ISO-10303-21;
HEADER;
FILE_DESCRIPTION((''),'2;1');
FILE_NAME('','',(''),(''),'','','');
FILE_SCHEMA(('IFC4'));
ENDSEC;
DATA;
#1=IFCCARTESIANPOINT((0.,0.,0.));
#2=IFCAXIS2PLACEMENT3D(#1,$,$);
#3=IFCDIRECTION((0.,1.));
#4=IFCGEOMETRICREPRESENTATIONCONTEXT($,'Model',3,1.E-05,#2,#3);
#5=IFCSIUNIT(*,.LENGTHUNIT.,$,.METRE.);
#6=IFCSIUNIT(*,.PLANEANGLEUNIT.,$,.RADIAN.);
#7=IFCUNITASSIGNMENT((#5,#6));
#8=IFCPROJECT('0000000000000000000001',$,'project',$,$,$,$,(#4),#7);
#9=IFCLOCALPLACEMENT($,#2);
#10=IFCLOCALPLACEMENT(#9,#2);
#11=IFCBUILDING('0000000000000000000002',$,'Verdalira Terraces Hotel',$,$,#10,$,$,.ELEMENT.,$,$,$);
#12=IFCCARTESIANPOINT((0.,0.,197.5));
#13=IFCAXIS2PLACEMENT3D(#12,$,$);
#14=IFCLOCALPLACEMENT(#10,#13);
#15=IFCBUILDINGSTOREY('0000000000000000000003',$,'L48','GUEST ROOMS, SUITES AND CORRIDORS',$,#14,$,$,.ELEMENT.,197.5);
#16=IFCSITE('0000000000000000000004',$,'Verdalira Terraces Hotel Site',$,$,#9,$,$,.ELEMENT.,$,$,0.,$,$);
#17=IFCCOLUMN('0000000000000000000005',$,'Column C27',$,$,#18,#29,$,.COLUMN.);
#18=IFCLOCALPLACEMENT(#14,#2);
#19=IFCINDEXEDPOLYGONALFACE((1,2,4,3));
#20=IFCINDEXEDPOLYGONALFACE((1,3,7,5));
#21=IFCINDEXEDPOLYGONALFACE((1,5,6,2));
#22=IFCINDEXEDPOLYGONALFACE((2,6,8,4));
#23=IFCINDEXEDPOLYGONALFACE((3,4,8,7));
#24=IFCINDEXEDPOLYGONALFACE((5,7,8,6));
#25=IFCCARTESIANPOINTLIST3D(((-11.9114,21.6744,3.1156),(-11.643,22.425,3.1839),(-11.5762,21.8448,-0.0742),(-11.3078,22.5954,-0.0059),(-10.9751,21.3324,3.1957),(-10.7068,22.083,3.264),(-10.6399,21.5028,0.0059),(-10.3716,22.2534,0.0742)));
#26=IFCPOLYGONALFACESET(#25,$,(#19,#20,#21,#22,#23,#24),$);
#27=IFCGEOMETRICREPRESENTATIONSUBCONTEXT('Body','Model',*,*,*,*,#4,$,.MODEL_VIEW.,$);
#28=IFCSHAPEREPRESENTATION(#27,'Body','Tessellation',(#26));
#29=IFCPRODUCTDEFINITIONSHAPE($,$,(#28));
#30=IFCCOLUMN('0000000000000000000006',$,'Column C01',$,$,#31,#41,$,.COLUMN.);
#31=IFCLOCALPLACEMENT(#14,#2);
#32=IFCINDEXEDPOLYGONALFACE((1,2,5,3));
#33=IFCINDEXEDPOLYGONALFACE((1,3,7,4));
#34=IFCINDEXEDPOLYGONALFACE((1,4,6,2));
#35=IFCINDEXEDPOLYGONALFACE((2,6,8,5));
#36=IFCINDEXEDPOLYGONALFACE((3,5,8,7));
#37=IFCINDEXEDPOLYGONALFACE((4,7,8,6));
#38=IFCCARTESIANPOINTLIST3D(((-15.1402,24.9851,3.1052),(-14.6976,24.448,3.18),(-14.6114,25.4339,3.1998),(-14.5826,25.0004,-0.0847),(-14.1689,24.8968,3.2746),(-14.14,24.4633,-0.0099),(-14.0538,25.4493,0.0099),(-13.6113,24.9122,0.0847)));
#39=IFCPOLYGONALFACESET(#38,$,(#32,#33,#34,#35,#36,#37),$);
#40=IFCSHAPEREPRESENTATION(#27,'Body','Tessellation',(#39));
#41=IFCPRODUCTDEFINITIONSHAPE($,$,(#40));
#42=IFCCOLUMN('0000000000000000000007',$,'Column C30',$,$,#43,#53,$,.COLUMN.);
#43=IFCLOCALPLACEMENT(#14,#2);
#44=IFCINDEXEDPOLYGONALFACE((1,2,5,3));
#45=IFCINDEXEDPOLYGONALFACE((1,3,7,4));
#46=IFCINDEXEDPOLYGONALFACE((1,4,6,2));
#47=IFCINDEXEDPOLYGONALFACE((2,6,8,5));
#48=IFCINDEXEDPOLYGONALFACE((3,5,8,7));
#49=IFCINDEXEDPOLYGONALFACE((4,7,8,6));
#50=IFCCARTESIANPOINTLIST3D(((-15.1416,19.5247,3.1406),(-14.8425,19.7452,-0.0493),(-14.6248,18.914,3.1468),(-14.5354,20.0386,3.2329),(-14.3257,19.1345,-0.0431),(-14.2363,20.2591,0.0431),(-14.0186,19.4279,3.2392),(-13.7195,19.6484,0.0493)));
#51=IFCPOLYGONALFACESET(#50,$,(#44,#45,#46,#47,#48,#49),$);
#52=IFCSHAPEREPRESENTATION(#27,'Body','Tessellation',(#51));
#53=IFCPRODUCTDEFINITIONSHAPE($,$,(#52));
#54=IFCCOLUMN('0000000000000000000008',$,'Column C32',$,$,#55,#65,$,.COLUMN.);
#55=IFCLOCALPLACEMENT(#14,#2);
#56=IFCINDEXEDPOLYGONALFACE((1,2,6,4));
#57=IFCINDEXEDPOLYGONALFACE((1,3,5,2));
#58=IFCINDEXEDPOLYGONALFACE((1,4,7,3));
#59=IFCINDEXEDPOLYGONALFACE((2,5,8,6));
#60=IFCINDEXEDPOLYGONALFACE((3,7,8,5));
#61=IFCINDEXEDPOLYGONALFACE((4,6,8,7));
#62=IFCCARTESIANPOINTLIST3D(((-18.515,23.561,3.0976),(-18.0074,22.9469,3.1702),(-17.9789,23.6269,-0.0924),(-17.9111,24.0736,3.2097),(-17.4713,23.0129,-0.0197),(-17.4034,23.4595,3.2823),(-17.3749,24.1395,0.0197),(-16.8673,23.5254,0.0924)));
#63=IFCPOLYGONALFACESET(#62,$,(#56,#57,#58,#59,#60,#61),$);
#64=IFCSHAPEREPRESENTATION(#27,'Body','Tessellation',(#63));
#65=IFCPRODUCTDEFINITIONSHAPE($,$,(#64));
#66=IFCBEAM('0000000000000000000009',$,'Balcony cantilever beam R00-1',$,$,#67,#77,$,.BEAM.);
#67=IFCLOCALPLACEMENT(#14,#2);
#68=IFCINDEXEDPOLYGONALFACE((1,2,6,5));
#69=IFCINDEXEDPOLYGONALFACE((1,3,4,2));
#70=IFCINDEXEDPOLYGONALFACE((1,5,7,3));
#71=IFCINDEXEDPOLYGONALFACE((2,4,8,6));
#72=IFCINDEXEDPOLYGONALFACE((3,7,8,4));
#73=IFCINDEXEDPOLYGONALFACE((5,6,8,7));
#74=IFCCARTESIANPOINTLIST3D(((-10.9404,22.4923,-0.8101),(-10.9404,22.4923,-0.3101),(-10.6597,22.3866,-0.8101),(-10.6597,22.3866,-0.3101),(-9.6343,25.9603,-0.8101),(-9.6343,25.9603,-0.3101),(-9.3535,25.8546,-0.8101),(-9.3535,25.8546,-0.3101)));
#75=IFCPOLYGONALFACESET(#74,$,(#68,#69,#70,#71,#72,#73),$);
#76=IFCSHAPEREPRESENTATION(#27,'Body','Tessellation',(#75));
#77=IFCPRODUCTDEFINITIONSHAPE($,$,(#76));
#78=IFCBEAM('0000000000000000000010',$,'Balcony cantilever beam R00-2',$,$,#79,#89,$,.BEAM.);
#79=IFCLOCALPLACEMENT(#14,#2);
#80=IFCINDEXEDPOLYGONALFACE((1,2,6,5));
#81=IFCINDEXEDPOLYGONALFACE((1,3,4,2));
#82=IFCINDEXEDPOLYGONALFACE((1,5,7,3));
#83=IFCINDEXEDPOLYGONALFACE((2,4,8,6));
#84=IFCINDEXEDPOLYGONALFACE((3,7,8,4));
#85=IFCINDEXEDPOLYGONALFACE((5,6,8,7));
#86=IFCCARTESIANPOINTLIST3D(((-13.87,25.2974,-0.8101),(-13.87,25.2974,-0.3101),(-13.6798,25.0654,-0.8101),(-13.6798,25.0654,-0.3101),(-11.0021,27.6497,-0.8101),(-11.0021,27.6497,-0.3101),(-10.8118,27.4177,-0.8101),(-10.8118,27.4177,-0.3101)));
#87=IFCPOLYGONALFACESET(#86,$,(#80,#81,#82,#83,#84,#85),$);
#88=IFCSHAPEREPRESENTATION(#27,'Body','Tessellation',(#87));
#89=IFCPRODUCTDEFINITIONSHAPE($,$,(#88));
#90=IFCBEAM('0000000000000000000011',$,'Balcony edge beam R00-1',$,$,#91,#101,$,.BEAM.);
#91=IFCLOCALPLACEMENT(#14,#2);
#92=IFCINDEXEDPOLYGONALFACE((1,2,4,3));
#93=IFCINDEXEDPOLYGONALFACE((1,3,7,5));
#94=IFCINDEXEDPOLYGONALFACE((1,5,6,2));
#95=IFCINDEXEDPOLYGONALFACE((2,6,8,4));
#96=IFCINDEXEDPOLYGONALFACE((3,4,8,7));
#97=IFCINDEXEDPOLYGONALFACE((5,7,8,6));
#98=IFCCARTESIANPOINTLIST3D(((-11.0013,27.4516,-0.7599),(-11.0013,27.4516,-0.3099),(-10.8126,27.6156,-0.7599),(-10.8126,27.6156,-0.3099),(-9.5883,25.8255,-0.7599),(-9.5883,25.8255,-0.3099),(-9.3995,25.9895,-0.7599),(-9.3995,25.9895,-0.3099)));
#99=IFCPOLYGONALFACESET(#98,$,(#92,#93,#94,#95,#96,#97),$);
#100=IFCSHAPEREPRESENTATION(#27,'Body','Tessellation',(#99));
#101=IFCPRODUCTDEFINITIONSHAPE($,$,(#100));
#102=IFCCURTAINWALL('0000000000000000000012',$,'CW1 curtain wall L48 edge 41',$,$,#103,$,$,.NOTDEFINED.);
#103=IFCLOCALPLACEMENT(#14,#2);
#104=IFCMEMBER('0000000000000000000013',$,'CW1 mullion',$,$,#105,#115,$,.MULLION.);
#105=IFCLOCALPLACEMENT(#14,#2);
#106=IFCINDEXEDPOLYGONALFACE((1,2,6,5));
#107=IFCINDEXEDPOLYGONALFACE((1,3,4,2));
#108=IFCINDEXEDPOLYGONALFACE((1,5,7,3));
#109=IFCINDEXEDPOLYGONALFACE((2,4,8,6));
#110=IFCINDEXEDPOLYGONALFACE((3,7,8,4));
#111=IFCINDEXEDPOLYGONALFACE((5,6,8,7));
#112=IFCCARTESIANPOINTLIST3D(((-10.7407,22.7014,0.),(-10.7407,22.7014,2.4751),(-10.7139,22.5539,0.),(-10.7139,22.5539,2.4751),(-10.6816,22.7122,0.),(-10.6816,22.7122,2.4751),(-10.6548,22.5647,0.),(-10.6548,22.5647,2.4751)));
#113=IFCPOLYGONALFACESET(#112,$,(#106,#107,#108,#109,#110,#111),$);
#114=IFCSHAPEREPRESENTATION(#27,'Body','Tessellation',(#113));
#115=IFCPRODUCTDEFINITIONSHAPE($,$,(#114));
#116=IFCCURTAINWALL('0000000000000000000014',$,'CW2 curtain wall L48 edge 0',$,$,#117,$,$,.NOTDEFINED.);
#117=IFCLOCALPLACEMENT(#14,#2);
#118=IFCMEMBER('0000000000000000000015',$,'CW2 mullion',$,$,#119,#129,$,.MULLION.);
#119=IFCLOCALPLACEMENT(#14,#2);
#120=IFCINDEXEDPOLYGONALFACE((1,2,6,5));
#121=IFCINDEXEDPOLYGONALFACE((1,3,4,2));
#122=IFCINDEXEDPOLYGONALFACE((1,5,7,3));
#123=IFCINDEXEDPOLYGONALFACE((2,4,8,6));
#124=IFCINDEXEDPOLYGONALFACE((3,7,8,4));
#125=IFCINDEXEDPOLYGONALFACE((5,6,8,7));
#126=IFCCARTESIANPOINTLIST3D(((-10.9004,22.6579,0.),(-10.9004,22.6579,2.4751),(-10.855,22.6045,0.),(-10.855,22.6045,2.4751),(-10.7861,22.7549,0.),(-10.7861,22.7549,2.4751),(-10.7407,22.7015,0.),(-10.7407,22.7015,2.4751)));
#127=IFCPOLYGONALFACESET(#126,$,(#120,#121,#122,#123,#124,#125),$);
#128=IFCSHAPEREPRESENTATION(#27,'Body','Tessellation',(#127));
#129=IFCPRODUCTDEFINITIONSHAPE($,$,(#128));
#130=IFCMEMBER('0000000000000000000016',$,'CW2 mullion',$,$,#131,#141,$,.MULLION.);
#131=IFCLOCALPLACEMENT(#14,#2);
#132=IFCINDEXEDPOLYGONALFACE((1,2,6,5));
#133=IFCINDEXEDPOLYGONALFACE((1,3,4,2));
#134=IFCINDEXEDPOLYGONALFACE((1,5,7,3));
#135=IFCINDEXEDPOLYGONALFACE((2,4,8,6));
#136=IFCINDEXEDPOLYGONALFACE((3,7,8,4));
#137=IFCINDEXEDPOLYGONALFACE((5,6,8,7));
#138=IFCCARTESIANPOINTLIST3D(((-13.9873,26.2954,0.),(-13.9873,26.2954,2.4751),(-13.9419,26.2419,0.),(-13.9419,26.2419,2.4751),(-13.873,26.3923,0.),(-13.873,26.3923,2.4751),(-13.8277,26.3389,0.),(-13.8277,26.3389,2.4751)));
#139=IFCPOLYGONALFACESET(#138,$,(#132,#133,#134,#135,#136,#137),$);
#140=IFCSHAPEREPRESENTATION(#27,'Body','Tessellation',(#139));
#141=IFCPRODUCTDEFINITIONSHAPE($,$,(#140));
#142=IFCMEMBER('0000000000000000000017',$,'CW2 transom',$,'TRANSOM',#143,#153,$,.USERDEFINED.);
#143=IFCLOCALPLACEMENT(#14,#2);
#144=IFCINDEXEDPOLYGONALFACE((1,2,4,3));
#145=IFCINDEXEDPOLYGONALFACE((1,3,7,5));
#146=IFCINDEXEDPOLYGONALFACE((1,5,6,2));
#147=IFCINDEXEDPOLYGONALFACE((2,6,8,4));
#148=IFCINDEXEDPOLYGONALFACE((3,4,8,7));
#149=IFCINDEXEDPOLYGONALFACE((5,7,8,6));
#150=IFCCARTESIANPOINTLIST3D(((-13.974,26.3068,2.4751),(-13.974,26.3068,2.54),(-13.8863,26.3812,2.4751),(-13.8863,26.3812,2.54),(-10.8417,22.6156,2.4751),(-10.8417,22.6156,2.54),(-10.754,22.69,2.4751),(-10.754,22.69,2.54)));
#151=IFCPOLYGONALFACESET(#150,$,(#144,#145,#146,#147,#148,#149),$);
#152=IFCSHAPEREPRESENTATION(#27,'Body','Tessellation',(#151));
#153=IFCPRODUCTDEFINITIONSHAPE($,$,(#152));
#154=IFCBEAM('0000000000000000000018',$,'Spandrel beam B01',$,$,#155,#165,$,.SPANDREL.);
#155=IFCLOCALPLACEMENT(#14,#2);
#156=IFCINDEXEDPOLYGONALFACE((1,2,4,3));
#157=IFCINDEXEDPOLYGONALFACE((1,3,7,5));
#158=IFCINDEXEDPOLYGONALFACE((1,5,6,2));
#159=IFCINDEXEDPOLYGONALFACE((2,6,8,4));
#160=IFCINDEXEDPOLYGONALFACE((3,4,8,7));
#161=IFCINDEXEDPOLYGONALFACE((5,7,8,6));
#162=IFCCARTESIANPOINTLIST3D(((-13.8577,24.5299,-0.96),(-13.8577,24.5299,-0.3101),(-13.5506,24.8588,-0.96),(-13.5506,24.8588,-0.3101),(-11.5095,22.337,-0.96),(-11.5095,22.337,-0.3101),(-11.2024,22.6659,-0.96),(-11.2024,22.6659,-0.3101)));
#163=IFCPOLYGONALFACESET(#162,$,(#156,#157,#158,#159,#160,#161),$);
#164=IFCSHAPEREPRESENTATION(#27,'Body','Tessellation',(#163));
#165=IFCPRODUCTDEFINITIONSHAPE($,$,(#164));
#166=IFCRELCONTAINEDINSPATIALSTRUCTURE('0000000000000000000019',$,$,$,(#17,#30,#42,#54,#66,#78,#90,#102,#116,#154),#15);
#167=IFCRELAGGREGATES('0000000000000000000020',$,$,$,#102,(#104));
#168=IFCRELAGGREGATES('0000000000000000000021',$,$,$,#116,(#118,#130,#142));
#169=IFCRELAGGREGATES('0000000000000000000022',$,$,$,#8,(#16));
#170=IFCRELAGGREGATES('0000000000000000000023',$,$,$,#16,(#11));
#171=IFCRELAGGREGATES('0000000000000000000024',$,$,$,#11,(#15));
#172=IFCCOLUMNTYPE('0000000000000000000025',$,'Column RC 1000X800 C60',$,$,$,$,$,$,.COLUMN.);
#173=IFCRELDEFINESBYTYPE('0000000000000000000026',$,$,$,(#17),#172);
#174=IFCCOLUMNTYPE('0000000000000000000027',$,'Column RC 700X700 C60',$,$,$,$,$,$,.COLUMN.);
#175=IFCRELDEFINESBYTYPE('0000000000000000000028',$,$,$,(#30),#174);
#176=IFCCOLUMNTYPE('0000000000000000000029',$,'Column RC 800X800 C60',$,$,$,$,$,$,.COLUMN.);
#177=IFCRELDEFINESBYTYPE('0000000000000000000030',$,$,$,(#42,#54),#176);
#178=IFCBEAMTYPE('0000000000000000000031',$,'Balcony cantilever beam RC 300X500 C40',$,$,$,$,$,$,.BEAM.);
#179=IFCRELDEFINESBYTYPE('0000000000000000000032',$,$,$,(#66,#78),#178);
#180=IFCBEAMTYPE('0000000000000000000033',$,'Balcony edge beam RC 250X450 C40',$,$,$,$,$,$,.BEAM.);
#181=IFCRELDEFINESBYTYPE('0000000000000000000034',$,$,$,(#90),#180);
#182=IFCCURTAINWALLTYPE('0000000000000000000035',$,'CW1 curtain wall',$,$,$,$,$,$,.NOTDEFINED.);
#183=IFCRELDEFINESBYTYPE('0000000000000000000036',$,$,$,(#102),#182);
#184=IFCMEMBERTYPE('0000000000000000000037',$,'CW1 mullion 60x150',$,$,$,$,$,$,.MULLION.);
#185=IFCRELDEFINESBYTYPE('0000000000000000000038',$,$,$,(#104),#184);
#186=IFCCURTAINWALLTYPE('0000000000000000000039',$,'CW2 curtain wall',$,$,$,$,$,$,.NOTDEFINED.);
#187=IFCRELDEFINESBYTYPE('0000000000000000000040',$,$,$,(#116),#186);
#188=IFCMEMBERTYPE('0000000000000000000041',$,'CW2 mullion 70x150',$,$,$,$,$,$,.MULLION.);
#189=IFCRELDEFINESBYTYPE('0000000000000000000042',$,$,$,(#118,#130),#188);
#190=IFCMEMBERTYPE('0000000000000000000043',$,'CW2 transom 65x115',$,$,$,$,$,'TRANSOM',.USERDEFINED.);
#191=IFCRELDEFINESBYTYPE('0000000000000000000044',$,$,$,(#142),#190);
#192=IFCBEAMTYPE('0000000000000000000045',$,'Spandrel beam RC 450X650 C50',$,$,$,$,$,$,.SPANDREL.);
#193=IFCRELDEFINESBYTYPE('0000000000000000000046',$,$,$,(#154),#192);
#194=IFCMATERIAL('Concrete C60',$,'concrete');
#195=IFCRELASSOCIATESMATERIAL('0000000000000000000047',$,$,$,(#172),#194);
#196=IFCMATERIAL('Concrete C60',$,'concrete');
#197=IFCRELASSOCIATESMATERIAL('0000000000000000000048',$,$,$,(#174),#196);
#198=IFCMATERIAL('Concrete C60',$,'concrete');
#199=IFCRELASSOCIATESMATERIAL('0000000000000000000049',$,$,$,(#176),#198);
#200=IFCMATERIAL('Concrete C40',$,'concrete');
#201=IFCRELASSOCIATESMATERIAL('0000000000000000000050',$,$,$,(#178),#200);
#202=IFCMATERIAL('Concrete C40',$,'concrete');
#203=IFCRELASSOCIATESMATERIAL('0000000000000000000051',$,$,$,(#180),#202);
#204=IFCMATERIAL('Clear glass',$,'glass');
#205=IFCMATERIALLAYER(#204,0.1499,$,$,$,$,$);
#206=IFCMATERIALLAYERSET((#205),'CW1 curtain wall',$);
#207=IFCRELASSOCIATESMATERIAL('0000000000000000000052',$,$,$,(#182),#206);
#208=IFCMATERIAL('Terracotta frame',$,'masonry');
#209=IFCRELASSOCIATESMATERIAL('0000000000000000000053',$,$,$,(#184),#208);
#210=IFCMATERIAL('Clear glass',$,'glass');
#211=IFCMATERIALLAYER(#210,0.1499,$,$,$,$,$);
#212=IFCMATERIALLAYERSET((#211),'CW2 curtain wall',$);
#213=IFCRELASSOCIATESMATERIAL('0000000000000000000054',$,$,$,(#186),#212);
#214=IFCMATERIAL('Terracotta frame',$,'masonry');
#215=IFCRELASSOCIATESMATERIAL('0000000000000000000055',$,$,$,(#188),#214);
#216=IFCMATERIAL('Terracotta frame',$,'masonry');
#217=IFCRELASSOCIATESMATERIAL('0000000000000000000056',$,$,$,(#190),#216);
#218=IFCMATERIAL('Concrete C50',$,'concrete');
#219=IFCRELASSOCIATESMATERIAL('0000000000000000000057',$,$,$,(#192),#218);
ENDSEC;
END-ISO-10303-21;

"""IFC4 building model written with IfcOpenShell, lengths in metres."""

from ifc_helpers import new_model, si_unit, direction, frame, origin, origin_2d, place, context, subcontext, project, spatial, rectangle, extrude, material, layer, layer_set, material_profile, profile_set, type_object, element, aggregate, save


model = new_model("IFC4")

# Units and contexts
model_context = context("Model", 3, precision=1e-05, world=origin(), true_north=direction((0.0, 1.0)))
body_context = subcontext(model_context, "Body", "Model", "MODEL_VIEW")
ifc_project = project(units=[si_unit("LENGTHUNIT", "METRE"), si_unit("PLANEANGLEUNIT", "RADIAN")], contexts=[model_context])

# Site, building, storey
site_placement = place(None, origin())
site = spatial("IfcSite", under=ifc_project, at=site_placement, Name="Verdalira Terraces Hotel Site", CompositionType="ELEMENT", RefElevation=0.0)
building_placement = place(site_placement, origin())
building = spatial("IfcBuilding", under=site, at=building_placement, Name="Verdalira Terraces Hotel", CompositionType="ELEMENT")
storey_placement = place(building_placement, frame((0.0, 0.0, 197.5)))
storey = spatial("IfcBuildingStorey", under=building, at=storey_placement, Name="L48", Description="GUEST ROOMS, SUITES AND CORRIDORS", CompositionType="ELEMENT", Elevation=197.5)

# Columns
ifc_material_1 = material(Name="Concrete C60", Category="concrete")
ifc_material_profile_1 = material_profile(ifc_material_1, rectangle(XDim=1.0, YDim=0.8, at=origin_2d()), Name="RC 1000X800")
ifc_profile_set_1 = profile_set([ifc_material_profile_1], Name="Concrete C60")
column_type_1 = type_object("IfcColumnType", Name="Column RC 1000X800 C60", PredefinedType="COLUMN", material=ifc_profile_set_1)
column_1_placement = place(storey_placement, frame((-10.9739, 22.0491, 0.0), z_axis=(-0.104359, -0.053054, 0.993124), x_axis=(0.936275, -0.34201, 0.080115)))
element("IfcColumn", 1, at=column_1_placement, inside=storey, type_object=column_type_1, Name="Column C27", PredefinedType="COLUMN", context=body_context, shape_type="SweptSolid", body=[
    extrude(rectangle(XDim=1.0, YDim=0.8, at=origin_2d()), origin(), (0.0, 0.0, 1.0), 3.2119),
])
ifc_material_2 = material(Name="Concrete C60", Category="concrete")
ifc_material_profile_2 = material_profile(ifc_material_2, rectangle(XDim=0.7, YDim=0.7, at=origin_2d()), Name="RC 700X700")
ifc_profile_set_2 = profile_set([ifc_material_profile_2], Name="Concrete C60")
column_type_2 = type_object("IfcColumnType", Name="Column RC 700X700 C60", PredefinedType="COLUMN", material=ifc_profile_set_2)
column_2_placement = place(storey_placement, frame((-14.0969, 24.9563, 0.0), z_axis=(-0.172192, -0.00475, 0.985052), x_axis=(-0.632268, 0.76735, -0.106824)))
element("IfcColumn", 2, at=column_2_placement, inside=storey, type_object=column_type_2, Name="Column C01", PredefinedType="COLUMN", context=body_context, shape_type="SweptSolid", body=[
    extrude(rectangle(XDim=0.7, YDim=0.7, at=origin_2d()), origin(), (0.0, 0.0, 1.0), 3.2383),
])
ifc_material_3 = material(Name="Concrete C60", Category="concrete")
ifc_material_profile_3 = material_profile(ifc_material_3, rectangle(XDim=0.8, YDim=0.8, at=origin_2d()), Name="RC 800X800")
ifc_profile_set_3 = profile_set([ifc_material_profile_3], Name="Concrete C60")
column_type_3 = type_object("IfcColumnType", Name="Column RC 800X800 C60", PredefinedType="COLUMN", material=ifc_profile_set_3)
column_3_placement = place(storey_placement, frame((-14.281, 19.6968, 0.0), z_axis=(-0.093125, -0.068647, 0.993285), x_axis=(-0.645967, 0.763325, -0.007809)))
element("IfcColumn", 3, at=column_3_placement, inside=storey, type_object=column_type_3, Name="Column C30", PredefinedType="COLUMN", context=body_context, shape_type="SweptSolid", body=[
    extrude(rectangle(XDim=0.8, YDim=0.8, at=origin_2d()), origin(), (0.0, 0.0, 1.0), 3.2114),
])
column_4_placement = place(storey_placement, frame((-17.4231, 23.5762, 0.0), z_axis=(-0.165711, -0.020374, 0.985964), x_axis=(-0.634517, 0.767559, -0.090782)))
element("IfcColumn", 4, at=column_4_placement, inside=storey, type_object=column_type_3, Name="Column C32", PredefinedType="COLUMN", context=body_context, shape_type="SweptSolid", body=[
    extrude(rectangle(XDim=0.8, YDim=0.8, at=origin_2d()), origin(), (0.0, 0.0, 1.0), 3.2354),
])

# Beams
ifc_material_4 = material(Name="Concrete C40", Category="concrete")
ifc_material_profile_4 = material_profile(ifc_material_4, rectangle(XDim=0.3, YDim=0.5, at=origin_2d()), Name="RC 300X500")
ifc_profile_set_4 = profile_set([ifc_material_profile_4], Name="Concrete C40")
beam_type_1 = type_object("IfcBeamType", Name="Balcony cantilever beam RC 300X500 C40", PredefinedType="BEAM", material=ifc_profile_set_4)
beam_1_placement = place(storey_placement, frame((-10.8, 22.4395, -0.5601), z_axis=(0.352459, 0.935827, 0.0), x_axis=(-0.935827, 0.352459, 0.0)))
element("IfcBeam", 5, at=beam_1_placement, inside=storey, type_object=beam_type_1, Name="Balcony cantilever beam R00-1", PredefinedType="BEAM", context=body_context, shape_type="SweptSolid", body=[
    extrude(rectangle(XDim=0.3, YDim=0.5, at=origin_2d()), origin(), (0.0, 0.0, 1.0), 3.7058),
])
beam_2_placement = place(storey_placement, frame((-13.7749, 25.1814, -0.5601), z_axis=(0.773188, 0.634176, 0.0), x_axis=(-0.634176, 0.773188, 0.0)))
element("IfcBeam", 6, at=beam_2_placement, inside=storey, type_object=beam_type_1, Name="Balcony cantilever beam R00-2", PredefinedType="BEAM", context=body_context, shape_type="SweptSolid", body=[
    extrude(rectangle(XDim=0.3, YDim=0.5, at=origin_2d()), origin(), (0.0, 0.0, 1.0), 3.7092),
])
ifc_material_5 = material(Name="Concrete C40", Category="concrete")
ifc_material_profile_5 = material_profile(ifc_material_5, rectangle(XDim=0.25, YDim=0.45, at=origin_2d()), Name="RC 250X450")
ifc_profile_set_5 = profile_set([ifc_material_profile_5], Name="Concrete C40")
beam_type_2 = type_object("IfcBeamType", Name="Balcony edge beam RC 250X450 C40", PredefinedType="BEAM", material=ifc_profile_set_5)
beam_3_placement = place(storey_placement, frame((-9.4939, 25.9075, -0.5349), z_axis=(-0.655909, 0.75484, 0.0), x_axis=(-0.75484, -0.655909, 0.0)))
element("IfcBeam", 7, at=beam_3_placement, inside=storey, type_object=beam_type_2, Name="Balcony edge beam R00-1", PredefinedType="BEAM", context=body_context, shape_type="SweptSolid", body=[
    extrude(rectangle(XDim=0.25, YDim=0.45, at=origin_2d()), origin(), (0.0, 0.0, 1.0), 2.1543),
])

# Curtain wall, member
ifc_material_6 = material(Name="Clear glass", Category="glass")
ifc_layer_1 = layer(ifc_material_6, 0.1499)
ifc_layer_set_1 = layer_set([ifc_layer_1], Name="CW1 curtain wall")
curtain_wall_type_1 = type_object("IfcCurtainWallType", Name="CW1 curtain wall", PredefinedType="NOTDEFINED", material=ifc_layer_set_1)
curtain_wall_1_placement = place(storey_placement, origin())
curtain_wall_1 = element("IfcCurtainWall", 8, at=curtain_wall_1_placement, inside=storey, type_object=curtain_wall_type_1, Name="CW1 curtain wall L48 edge 41", PredefinedType="NOTDEFINED")
ifc_material_7 = material(Name="Terracotta frame", Category="masonry")
ifc_material_profile_6 = material_profile(ifc_material_7, rectangle(XDim=0.0601, YDim=0.1499, at=origin_2d()), Name="MU 60x150")
ifc_profile_set_6 = profile_set([ifc_material_profile_6], Name="Terracotta frame")
member_type_1 = type_object("IfcMemberType", Name="CW1 mullion 60x150", PredefinedType="MULLION", material=ifc_profile_set_6)
member_1_placement = place(storey_placement, frame((-10.6978, 22.6331, 0.0), z_axis=(0.0, 0.0, 1.0), x_axis=(-0.983823, -0.179146, 0.0)))
member_1 = element("IfcMember", 9, at=member_1_placement, type_object=member_type_1, Name="CW1 mullion", PredefinedType="MULLION", context=body_context, shape_type="SweptSolid", body=[
    extrude(rectangle(XDim=0.0601, YDim=0.1499, at=origin_2d()), origin(), (0.0, 0.0, 1.0), 2.4751),
])
aggregate(curtain_wall_1, [member_1])

# Curtain wall, members
ifc_material_8 = material(Name="Clear glass", Category="glass")
ifc_layer_2 = layer(ifc_material_8, 0.1499)
ifc_layer_set_2 = layer_set([ifc_layer_2], Name="CW2 curtain wall")
curtain_wall_type_2 = type_object("IfcCurtainWallType", Name="CW2 curtain wall", PredefinedType="NOTDEFINED", material=ifc_layer_set_2)
curtain_wall_2_placement = place(storey_placement, origin())
curtain_wall_2 = element("IfcCurtainWall", 10, at=curtain_wall_2_placement, inside=storey, type_object=curtain_wall_type_2, Name="CW2 curtain wall L48 edge 0", PredefinedType="NOTDEFINED")
ifc_material_9 = material(Name="Terracotta frame", Category="masonry")
ifc_material_profile_7 = material_profile(ifc_material_9, rectangle(XDim=0.0701, YDim=0.1499, at=origin_2d()), Name="MU 70x150")
ifc_profile_set_7 = profile_set([ifc_material_profile_7], Name="Terracotta frame")
member_type_2 = type_object("IfcMemberType", Name="CW2 mullion 70x150", PredefinedType="MULLION", material=ifc_profile_set_7)
member_2_placement = place(storey_placement, frame((-10.8206, 22.6797, 0.0), z_axis=(0.0, 0.0, 1.0), x_axis=(-0.647056, 0.762443, 0.0)))
member_2 = element("IfcMember", 11, at=member_2_placement, type_object=member_type_2, Name="CW2 mullion", PredefinedType="MULLION", context=body_context, shape_type="SweptSolid", body=[
    extrude(rectangle(XDim=0.0701, YDim=0.1499, at=origin_2d()), origin(), (0.0, 0.0, 1.0), 2.4751),
])
member_3_placement = place(storey_placement, frame((-13.9075, 26.3171, 0.0), z_axis=(0.0, 0.0, 1.0), x_axis=(-0.647056, 0.762443, 0.0)))
member_3 = element("IfcMember", 12, at=member_3_placement, type_object=member_type_2, Name="CW2 mullion", PredefinedType="MULLION", context=body_context, shape_type="SweptSolid", body=[
    extrude(rectangle(XDim=0.0701, YDim=0.1499, at=origin_2d()), origin(), (0.0, 0.0, 1.0), 2.4751),
])
ifc_material_10 = material(Name="Terracotta frame", Category="masonry")
ifc_material_profile_8 = material_profile(ifc_material_10, rectangle(XDim=0.115, YDim=0.0649, at=origin_2d()), Name="TR 65x115")
ifc_profile_set_8 = profile_set([ifc_material_profile_8], Name="Terracotta frame")
member_type_3 = type_object("IfcMemberType", Name="CW2 transom 65x115", ElementType="TRANSOM", PredefinedType="USERDEFINED", material=ifc_profile_set_8)
member_4_placement = place(storey_placement, frame((-10.7979, 22.6528, 2.5076), z_axis=(-0.647029, 0.762465, 0.0), x_axis=(-0.762465, -0.647029, 0.0)))
member_4 = element("IfcMember", 13, at=member_4_placement, type_object=member_type_3, Name="CW2 transom", ObjectType="TRANSOM", PredefinedType="USERDEFINED", context=body_context, shape_type="SweptSolid", body=[
    extrude(rectangle(XDim=0.115, YDim=0.0649, at=origin_2d()), origin(), (0.0, 0.0, 1.0), 4.8411),
])

# Beam
ifc_material_11 = material(Name="Concrete C50", Category="concrete")
ifc_material_profile_9 = material_profile(ifc_material_11, rectangle(XDim=0.45, YDim=0.6499, at=origin_2d()), Name="RC 450X650")
ifc_profile_set_9 = profile_set([ifc_material_profile_9], Name="Concrete C50")
beam_type_3 = type_object("IfcBeamType", Name="Spandrel beam RC 450X650 C50", PredefinedType="SPANDREL", material=ifc_profile_set_9)
beam_4_placement = place(storey_placement, frame((-11.356, 22.5015, -0.635), z_axis=(-0.730858, 0.682529, 0.0), x_axis=(-0.682529, -0.730858, 0.0)))
element("IfcBeam", 14, at=beam_4_placement, inside=storey, type_object=beam_type_3, Name="Spandrel beam B01", PredefinedType="SPANDREL", context=body_context, shape_type="SweptSolid", body=[
    extrude(rectangle(XDim=0.45, YDim=0.6499, at=origin_2d()), origin(), (0.0, 0.0, 1.0), 3.2129),
])

aggregate(curtain_wall_2, [member_2, member_3, member_4])

save(model, "model.ifc")
